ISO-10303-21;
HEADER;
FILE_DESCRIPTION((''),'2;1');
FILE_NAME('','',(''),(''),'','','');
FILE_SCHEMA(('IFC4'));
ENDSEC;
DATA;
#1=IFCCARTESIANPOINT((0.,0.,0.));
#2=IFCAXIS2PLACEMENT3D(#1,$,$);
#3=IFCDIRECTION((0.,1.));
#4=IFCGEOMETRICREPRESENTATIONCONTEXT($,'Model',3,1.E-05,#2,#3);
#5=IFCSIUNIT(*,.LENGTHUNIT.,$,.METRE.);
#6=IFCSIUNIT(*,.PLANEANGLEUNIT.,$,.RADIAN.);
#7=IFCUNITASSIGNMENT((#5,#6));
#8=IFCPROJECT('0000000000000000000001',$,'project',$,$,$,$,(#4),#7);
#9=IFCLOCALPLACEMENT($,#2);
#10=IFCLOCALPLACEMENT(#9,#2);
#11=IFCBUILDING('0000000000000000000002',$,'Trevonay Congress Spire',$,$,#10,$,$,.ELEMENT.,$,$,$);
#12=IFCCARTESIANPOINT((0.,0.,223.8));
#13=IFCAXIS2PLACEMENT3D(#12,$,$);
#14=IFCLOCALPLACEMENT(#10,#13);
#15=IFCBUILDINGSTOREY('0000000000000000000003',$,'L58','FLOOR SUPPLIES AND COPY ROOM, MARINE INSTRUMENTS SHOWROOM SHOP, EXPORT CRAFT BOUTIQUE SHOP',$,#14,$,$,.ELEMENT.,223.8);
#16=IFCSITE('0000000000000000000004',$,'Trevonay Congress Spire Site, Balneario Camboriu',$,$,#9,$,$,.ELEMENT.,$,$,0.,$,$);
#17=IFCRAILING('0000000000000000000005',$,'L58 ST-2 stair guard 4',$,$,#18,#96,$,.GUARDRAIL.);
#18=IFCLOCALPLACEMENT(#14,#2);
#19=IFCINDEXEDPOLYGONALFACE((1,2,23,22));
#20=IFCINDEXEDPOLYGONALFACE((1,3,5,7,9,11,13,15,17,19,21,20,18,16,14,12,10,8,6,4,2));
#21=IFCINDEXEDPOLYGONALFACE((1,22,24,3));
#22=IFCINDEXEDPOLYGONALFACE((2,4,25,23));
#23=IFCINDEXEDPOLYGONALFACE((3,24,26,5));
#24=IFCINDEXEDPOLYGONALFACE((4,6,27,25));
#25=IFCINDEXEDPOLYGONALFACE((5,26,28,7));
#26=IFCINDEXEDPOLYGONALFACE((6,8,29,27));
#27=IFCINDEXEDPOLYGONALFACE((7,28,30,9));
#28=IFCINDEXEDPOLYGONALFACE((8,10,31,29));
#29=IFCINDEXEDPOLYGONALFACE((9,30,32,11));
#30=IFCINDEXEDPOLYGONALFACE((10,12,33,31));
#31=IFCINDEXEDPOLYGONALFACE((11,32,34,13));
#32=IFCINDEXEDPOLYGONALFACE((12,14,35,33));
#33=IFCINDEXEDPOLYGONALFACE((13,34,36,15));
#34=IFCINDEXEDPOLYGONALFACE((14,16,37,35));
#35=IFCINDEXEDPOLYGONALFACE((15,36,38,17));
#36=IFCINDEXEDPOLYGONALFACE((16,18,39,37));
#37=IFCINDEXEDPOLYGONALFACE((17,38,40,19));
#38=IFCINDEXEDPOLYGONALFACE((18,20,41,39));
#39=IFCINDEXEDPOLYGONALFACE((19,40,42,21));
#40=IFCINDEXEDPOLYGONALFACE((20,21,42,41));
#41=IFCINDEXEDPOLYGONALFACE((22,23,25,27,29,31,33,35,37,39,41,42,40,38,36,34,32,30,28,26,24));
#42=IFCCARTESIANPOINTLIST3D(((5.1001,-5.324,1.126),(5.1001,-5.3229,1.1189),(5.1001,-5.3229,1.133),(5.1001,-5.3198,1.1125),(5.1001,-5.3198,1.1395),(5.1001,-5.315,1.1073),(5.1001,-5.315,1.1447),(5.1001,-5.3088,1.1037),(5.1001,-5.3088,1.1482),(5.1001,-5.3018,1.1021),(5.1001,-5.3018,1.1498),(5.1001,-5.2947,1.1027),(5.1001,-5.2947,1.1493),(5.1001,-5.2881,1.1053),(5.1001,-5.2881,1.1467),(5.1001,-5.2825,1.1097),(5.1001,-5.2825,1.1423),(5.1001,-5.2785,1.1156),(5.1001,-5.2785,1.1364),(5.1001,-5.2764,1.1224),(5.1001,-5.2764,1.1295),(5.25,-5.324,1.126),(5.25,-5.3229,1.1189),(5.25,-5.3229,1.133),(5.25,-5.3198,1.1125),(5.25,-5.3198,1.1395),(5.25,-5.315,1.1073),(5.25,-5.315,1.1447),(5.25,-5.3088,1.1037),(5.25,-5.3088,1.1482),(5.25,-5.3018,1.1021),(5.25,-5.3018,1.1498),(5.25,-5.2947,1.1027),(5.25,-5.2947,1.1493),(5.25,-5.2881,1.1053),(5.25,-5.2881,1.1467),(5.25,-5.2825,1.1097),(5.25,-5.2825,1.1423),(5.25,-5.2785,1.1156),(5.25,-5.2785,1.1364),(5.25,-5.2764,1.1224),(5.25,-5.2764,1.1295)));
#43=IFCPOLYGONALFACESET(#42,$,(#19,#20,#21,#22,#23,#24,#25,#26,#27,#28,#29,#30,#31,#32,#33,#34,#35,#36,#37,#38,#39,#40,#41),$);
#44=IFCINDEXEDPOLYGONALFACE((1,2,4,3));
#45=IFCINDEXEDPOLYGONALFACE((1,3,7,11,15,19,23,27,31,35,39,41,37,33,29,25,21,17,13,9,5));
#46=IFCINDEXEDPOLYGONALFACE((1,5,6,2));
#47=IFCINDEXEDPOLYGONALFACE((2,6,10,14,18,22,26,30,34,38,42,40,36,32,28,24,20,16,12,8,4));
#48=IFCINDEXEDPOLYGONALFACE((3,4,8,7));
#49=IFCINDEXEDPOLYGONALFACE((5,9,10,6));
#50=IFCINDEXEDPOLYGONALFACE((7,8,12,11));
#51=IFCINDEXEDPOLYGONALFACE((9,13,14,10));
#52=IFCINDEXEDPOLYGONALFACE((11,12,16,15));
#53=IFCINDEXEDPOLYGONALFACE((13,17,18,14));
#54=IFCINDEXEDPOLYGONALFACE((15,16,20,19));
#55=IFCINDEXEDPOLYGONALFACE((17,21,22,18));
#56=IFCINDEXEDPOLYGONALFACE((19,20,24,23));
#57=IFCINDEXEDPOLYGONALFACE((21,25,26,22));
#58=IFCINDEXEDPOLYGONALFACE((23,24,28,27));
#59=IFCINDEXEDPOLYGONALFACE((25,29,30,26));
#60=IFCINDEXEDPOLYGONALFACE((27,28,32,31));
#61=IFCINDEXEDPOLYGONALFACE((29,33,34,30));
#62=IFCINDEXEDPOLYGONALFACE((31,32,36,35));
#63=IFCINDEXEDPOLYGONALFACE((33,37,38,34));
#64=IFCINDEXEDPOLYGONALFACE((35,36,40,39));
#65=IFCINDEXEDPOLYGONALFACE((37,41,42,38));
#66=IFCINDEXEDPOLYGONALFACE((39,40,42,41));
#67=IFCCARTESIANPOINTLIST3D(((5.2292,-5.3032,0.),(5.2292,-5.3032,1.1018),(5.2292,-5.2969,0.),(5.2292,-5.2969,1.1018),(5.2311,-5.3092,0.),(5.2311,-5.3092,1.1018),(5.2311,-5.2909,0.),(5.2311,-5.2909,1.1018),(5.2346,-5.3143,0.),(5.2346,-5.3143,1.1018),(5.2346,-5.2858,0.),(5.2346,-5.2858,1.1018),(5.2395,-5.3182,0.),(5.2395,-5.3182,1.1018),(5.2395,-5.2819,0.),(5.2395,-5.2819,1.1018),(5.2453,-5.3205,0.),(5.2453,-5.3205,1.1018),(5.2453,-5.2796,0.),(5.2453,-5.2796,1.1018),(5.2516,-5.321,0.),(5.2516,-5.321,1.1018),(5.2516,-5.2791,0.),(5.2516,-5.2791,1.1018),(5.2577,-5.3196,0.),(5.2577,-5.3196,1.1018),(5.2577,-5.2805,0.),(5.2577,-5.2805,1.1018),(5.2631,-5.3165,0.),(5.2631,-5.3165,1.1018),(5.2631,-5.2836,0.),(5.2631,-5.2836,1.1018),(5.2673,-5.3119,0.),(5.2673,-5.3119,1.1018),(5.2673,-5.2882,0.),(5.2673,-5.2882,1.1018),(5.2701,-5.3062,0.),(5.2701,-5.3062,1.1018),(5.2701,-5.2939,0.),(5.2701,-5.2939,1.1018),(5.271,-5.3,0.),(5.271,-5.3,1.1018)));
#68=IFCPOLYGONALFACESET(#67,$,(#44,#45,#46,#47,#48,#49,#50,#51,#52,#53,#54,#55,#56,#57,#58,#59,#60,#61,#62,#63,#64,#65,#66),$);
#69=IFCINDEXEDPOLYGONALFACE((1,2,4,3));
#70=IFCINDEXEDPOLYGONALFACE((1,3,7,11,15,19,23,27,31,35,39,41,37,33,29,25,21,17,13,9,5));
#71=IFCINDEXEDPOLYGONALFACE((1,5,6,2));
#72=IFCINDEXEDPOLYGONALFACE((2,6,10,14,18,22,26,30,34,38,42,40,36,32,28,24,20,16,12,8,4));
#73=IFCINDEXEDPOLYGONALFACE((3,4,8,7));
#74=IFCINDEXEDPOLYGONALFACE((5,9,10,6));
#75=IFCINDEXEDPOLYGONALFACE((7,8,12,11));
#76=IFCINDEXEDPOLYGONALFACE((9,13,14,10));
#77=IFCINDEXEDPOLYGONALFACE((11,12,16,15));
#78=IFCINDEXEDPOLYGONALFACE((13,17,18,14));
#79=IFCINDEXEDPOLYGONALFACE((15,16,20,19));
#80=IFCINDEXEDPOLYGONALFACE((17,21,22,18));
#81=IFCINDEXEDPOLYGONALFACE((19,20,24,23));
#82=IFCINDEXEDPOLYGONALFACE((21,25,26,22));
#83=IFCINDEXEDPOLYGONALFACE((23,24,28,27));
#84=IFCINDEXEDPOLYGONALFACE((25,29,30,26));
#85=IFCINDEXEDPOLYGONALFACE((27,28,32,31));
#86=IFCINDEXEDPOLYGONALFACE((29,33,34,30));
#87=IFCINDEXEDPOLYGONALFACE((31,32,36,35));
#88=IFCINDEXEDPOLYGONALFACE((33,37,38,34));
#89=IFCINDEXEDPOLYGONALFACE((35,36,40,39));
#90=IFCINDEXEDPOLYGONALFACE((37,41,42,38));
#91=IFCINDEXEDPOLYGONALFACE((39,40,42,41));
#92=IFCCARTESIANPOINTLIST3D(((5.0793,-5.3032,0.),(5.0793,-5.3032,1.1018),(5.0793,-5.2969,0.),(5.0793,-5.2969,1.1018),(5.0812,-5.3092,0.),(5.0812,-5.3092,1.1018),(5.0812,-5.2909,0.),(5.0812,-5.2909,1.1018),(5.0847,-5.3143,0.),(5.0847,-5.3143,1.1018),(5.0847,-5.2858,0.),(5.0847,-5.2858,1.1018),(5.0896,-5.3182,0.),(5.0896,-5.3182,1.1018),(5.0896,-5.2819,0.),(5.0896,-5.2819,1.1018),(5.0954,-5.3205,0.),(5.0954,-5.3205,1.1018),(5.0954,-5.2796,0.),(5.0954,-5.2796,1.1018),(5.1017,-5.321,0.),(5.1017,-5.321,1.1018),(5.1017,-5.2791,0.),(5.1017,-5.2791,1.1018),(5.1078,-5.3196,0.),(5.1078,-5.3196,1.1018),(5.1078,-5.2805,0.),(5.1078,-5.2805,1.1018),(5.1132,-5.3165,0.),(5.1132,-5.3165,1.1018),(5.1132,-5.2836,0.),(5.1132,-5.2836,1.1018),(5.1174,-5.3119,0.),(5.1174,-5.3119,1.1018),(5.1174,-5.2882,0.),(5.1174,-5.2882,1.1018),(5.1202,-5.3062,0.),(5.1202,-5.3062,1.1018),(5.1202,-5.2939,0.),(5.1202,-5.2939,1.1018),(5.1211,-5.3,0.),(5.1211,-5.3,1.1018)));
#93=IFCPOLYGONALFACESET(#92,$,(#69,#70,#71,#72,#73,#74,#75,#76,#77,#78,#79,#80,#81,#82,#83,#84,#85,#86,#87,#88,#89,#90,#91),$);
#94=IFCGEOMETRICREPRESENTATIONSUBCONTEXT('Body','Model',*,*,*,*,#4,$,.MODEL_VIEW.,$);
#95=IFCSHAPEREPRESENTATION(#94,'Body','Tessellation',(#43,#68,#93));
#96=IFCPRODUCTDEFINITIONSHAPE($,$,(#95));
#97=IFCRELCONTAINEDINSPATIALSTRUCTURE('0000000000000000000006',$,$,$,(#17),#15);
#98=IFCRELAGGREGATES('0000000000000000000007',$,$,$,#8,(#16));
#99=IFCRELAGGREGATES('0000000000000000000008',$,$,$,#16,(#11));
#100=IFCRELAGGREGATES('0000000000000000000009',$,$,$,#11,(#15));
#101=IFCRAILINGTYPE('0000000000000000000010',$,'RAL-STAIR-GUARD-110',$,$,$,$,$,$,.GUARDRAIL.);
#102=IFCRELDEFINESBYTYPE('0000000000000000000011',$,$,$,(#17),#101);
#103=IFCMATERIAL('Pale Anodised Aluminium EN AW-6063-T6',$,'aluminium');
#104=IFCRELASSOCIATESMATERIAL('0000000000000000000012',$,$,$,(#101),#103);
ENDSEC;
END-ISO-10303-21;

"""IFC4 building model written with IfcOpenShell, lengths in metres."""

from ifc_helpers import new_model, si_unit, direction, frame, origin, origin_2d, place, context, subcontext, project, spatial, circle, extrude, material, type_object, element, save


model = new_model("IFC4")

# Units and contexts
model_context = context("Model", 3, precision=1e-05, world=origin(), true_north=direction((0.0, 1.0)))
body_context = subcontext(model_context, "Body", "Model", "MODEL_VIEW")
ifc_project = project(units=[si_unit("LENGTHUNIT", "METRE"), si_unit("PLANEANGLEUNIT", "RADIAN")], contexts=[model_context])

# Site, building, storey
site_placement = place(None, origin())
site = spatial("IfcSite", under=ifc_project, at=site_placement, Name="Trevonay Congress Spire Site, Balneario Camboriu", CompositionType="ELEMENT", RefElevation=0.0)
building_placement = place(site_placement, origin())
building = spatial("IfcBuilding", under=site, at=building_placement, Name="Trevonay Congress Spire", CompositionType="ELEMENT")
storey_placement = place(building_placement, frame((0.0, 0.0, 223.8)))
storey = spatial("IfcBuildingStorey", under=building, at=storey_placement, Name="L58", Description="FLOOR SUPPLIES AND COPY ROOM, MARINE INSTRUMENTS SHOWROOM SHOP, EXPORT CRAFT BOUTIQUE SHOP", CompositionType="ELEMENT", Elevation=223.8)

# Shared definitions
ifc_material_1 = material(Name="Pale Anodised Aluminium EN AW-6063-T6", Category="aluminium")

# Railing
railing_type_1 = type_object("IfcRailingType", Name="RAL-STAIR-GUARD-110", PredefinedType="GUARDRAIL", material=ifc_material_1)
railing_1_placement = place(storey_placement, frame((5.25, -5.3, 0.0)))
element("IfcRailing", 1, at=railing_1_placement, inside=storey, type_object=railing_type_1, Name="L58 ST-2 stair guard 4", PredefinedType="GUARDRAIL", context=body_context, shape_type="SweptSolid", body=[
    extrude(circle(Radius=0.0239, at=origin_2d()), frame((0.0, 0.0, 1.126), z_axis=(-1.0, 0.0, 0.0), x_axis=(0.0, -1.0, 0.0)), (0.0, 0.0, 1.0), 0.1499),
    extrude(circle(Radius=0.021, at=origin_2d()), origin(), (0.0, 0.0, 1.0), 1.1018),
    extrude(circle(Radius=0.021, at=origin_2d()), frame((-0.1499, 0.0, 0.0)), (0.0, 0.0, 1.0), 1.1018),
])

save(model, "model.ifc")
